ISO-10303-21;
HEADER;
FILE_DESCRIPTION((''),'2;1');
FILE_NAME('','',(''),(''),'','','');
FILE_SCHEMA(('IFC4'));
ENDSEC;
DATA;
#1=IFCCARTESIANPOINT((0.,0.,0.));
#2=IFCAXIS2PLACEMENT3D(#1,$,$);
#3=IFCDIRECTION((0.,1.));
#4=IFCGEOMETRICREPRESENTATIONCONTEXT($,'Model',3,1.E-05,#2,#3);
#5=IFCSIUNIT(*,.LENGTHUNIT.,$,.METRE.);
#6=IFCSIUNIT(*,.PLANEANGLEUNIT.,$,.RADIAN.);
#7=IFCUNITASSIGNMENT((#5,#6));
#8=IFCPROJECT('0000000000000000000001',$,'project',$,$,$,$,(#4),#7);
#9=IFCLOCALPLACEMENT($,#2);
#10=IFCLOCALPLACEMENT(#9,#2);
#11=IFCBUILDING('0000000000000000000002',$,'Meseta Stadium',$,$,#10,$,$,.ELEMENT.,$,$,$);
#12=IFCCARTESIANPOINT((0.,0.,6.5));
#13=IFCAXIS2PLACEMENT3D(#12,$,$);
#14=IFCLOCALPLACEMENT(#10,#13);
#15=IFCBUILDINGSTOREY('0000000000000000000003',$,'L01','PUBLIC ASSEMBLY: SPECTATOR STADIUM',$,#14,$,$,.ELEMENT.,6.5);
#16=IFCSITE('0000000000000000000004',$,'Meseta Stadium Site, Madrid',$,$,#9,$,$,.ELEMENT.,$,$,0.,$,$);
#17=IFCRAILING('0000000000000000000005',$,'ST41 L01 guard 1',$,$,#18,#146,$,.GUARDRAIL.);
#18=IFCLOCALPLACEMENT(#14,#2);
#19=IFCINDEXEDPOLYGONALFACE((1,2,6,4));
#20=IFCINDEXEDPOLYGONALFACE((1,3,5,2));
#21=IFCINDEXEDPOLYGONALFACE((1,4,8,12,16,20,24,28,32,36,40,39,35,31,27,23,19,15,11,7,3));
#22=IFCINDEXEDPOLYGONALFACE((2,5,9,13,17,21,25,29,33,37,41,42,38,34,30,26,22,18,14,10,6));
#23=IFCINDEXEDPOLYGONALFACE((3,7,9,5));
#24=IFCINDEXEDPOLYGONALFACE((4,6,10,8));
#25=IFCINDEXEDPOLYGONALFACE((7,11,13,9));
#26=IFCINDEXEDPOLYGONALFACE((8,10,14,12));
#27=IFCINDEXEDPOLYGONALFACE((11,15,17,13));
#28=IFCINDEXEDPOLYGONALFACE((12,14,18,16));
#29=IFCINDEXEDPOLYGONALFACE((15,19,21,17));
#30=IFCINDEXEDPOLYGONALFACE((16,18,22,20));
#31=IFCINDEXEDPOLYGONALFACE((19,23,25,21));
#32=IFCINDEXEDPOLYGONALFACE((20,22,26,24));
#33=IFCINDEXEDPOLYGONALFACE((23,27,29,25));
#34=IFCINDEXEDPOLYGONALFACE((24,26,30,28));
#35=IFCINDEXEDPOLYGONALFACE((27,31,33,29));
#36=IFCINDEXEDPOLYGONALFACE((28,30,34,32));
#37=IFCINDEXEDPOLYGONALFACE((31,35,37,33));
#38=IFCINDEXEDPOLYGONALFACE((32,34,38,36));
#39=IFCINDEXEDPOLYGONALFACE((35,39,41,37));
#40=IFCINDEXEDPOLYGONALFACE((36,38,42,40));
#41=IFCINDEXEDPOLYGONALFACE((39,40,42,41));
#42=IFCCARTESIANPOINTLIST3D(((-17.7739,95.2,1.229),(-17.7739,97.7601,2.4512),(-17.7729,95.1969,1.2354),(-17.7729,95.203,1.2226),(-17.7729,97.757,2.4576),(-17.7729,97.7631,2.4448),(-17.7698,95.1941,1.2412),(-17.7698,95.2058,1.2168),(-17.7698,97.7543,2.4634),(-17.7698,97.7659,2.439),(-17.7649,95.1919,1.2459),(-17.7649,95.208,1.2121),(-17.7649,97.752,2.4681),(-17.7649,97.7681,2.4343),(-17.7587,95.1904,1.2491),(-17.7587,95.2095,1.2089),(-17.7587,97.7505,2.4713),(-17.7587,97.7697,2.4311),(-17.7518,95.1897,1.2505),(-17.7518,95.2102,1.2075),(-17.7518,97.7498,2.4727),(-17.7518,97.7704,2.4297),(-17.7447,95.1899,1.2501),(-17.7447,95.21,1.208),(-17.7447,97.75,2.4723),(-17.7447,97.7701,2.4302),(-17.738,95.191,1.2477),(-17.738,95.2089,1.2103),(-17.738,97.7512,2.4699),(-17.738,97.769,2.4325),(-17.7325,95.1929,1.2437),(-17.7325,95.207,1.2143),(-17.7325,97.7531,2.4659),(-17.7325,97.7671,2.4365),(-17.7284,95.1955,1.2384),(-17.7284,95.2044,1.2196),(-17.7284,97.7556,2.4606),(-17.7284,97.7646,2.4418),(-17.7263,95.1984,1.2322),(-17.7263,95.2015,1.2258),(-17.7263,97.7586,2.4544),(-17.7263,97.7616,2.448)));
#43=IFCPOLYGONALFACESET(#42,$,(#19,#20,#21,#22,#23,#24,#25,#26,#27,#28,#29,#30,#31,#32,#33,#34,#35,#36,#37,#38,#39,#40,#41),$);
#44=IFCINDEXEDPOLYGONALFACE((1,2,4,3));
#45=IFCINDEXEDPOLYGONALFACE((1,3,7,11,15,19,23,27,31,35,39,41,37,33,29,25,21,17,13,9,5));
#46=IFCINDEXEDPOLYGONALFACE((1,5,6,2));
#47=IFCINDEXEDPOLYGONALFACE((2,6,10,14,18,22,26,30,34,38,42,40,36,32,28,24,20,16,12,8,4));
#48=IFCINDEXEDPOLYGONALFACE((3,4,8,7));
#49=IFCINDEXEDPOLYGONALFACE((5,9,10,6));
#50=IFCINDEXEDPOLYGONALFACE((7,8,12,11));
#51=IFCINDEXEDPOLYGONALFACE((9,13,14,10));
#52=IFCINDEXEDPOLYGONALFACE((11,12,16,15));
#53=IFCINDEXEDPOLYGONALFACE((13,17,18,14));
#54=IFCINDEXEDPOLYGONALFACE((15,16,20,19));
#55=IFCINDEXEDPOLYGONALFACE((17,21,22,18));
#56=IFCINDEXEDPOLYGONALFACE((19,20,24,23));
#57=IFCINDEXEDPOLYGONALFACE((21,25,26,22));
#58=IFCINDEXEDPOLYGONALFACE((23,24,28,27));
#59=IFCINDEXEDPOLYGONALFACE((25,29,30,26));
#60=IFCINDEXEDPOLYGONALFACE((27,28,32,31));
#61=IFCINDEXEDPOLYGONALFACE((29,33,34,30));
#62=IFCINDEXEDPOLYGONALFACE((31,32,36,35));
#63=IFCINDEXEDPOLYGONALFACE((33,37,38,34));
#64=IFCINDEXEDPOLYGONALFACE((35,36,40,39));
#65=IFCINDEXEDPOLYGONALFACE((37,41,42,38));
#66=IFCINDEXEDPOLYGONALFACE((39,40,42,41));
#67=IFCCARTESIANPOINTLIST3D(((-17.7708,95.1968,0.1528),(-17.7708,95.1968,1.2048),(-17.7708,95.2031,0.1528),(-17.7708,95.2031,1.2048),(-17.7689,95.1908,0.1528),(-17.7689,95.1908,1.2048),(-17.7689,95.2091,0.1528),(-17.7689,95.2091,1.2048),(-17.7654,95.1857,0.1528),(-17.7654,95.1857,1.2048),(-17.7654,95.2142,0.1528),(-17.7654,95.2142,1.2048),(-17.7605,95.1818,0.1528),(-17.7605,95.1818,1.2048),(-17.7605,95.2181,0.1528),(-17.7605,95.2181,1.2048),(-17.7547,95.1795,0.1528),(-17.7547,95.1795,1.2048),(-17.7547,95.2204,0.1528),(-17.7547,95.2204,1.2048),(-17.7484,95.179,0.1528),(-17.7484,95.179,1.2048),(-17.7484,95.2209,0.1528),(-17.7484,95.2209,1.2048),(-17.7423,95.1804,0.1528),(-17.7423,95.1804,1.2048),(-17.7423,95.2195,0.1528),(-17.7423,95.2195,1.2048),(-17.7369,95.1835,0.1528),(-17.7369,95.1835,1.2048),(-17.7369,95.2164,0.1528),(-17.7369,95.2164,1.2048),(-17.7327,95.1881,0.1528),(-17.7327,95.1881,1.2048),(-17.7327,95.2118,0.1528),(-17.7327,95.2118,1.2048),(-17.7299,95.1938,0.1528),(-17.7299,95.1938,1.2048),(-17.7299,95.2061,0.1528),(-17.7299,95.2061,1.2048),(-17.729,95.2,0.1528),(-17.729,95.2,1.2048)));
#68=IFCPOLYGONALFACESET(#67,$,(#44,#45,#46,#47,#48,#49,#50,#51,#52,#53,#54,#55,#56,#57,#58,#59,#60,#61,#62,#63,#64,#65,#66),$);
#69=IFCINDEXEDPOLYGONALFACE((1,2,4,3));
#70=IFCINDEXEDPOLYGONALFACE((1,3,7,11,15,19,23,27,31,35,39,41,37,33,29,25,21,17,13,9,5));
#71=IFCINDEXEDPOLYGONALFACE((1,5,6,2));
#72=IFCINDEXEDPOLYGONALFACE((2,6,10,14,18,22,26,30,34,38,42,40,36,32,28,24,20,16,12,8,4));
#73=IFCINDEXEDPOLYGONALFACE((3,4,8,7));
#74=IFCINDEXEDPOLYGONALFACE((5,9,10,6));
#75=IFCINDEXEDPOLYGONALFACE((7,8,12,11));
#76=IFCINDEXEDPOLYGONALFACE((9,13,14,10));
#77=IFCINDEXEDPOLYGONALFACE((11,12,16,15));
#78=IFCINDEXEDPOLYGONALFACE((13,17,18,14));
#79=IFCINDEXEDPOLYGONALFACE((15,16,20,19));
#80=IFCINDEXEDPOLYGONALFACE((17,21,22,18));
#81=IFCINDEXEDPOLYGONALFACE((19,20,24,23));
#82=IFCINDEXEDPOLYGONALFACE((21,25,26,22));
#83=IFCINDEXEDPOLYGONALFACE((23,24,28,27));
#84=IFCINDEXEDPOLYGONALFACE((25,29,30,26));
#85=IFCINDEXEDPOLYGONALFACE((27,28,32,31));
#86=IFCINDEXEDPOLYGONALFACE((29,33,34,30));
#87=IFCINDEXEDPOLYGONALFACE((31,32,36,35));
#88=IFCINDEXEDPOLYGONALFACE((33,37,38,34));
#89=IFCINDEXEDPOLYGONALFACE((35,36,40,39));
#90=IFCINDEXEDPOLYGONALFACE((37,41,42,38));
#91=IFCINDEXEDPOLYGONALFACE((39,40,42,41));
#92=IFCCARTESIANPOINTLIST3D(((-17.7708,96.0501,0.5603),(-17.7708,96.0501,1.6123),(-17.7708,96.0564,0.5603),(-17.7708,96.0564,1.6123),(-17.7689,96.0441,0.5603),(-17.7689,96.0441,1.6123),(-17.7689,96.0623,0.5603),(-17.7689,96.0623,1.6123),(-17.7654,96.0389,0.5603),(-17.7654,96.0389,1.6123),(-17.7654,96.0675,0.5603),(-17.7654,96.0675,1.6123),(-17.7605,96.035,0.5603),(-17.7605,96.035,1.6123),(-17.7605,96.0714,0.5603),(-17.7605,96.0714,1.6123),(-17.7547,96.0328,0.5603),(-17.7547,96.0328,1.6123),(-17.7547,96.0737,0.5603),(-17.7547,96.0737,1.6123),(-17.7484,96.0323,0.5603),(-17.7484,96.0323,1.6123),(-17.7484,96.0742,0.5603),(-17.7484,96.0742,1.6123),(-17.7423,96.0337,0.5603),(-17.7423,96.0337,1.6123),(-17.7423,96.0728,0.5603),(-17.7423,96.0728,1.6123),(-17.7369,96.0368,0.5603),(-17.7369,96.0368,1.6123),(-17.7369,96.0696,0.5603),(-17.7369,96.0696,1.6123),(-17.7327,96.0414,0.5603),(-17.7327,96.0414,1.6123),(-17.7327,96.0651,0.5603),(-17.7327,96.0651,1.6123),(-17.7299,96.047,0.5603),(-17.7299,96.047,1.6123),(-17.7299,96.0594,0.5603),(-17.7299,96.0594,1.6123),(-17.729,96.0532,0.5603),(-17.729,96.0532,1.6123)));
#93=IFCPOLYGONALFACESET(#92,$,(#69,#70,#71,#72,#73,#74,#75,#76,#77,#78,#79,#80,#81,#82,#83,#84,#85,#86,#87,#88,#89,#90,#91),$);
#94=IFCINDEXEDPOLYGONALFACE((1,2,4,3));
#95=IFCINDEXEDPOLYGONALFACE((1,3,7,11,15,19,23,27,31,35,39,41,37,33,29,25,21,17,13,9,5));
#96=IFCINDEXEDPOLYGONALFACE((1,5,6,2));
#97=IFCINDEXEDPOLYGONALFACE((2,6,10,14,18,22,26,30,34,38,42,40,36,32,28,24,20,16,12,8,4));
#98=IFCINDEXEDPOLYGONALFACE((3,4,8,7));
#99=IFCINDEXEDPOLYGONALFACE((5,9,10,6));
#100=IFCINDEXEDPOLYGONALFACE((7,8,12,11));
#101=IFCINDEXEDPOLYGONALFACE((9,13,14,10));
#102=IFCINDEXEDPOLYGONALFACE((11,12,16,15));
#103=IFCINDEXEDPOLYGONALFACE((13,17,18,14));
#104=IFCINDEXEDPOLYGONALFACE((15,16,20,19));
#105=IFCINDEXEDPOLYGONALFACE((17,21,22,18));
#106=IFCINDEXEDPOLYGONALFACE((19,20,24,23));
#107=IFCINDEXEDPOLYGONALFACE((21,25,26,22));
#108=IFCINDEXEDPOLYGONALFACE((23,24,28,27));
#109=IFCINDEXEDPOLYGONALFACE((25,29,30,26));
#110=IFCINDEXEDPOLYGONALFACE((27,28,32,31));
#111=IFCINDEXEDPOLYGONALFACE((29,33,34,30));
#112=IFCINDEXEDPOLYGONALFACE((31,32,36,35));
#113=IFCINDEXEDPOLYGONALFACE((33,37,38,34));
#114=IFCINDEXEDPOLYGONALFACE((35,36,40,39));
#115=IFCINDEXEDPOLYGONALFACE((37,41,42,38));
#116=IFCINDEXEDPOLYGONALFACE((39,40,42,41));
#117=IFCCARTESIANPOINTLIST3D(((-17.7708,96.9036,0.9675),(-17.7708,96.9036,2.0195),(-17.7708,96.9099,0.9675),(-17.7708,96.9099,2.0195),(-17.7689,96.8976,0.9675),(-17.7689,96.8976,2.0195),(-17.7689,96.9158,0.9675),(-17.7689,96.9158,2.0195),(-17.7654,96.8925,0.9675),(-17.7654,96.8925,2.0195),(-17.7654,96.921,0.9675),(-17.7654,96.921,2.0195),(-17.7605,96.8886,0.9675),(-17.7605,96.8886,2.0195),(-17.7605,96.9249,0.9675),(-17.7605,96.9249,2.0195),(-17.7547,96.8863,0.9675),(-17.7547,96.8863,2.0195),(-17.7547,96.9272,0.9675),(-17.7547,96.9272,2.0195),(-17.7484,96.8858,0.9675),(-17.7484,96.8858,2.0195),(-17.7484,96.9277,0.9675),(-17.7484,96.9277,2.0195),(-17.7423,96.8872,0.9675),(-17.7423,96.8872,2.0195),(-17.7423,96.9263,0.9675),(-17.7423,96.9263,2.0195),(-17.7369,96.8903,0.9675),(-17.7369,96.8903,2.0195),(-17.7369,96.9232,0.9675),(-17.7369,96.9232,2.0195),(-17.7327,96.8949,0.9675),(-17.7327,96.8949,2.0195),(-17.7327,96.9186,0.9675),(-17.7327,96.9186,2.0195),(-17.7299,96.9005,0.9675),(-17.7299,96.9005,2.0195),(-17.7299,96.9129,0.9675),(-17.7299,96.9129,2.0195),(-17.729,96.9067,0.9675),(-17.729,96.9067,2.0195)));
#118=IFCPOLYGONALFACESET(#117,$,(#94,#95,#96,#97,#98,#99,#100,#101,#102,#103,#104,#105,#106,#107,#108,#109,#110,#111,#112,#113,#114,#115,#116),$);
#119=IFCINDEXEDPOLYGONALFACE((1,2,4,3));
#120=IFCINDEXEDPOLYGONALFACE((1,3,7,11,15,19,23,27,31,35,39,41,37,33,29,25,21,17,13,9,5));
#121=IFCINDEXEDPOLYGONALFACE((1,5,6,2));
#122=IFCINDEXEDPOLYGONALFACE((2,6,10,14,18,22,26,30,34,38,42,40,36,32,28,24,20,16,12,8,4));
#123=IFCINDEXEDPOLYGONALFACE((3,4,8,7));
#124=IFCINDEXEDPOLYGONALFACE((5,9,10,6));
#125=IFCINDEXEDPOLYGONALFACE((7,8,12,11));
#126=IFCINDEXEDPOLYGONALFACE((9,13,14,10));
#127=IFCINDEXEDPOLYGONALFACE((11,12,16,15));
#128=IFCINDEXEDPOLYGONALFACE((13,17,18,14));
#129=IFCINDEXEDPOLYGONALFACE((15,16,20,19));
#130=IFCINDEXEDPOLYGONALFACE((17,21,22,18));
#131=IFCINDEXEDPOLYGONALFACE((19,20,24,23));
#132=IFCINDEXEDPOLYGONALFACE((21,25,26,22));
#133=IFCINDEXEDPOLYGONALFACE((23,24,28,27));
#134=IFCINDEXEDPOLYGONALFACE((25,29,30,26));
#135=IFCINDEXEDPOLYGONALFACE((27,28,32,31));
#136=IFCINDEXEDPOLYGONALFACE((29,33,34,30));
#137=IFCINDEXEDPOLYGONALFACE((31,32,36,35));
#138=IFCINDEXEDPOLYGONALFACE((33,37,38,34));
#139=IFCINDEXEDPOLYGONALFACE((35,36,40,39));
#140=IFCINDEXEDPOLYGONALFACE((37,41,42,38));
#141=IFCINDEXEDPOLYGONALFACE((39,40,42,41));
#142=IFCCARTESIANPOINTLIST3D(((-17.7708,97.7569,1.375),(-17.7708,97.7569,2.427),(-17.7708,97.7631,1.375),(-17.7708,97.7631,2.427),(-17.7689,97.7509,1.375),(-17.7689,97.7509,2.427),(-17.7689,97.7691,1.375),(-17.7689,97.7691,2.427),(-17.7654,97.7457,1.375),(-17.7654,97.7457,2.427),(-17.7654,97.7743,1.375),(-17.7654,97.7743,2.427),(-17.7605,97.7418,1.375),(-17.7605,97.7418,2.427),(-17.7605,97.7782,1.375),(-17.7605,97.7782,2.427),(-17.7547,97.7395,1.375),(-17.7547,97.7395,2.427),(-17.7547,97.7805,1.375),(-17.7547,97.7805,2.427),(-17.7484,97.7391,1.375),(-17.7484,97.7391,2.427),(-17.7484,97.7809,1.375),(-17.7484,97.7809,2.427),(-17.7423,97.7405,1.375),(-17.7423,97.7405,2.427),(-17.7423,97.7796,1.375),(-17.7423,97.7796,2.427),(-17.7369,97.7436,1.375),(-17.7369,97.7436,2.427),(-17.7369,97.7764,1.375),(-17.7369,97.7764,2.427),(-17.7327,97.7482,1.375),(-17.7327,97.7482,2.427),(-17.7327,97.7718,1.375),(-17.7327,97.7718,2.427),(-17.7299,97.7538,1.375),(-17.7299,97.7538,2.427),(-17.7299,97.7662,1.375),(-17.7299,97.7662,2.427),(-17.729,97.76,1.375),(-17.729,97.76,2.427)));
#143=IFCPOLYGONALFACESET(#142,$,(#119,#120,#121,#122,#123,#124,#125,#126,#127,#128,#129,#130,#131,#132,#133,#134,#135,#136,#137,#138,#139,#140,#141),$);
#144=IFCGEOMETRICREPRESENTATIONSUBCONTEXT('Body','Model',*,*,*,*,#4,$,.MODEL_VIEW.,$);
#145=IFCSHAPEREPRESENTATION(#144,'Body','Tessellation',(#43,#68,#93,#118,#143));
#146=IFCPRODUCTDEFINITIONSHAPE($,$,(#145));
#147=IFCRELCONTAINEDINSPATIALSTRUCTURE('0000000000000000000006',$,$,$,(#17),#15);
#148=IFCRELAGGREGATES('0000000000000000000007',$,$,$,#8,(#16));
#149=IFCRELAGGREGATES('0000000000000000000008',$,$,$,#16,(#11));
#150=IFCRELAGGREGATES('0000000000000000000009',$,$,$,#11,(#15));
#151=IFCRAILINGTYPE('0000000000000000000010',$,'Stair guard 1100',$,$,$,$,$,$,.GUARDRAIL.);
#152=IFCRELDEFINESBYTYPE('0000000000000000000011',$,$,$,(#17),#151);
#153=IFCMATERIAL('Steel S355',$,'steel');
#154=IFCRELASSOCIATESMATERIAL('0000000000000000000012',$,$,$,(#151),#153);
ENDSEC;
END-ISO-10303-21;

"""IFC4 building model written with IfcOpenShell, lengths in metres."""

from ifc_helpers import new_model, si_unit, direction, frame, origin, origin_2d, place, context, subcontext, project, spatial, circle, extrude, material, type_object, element, save


model = new_model("IFC4")

# Units and contexts
model_context = context("Model", 3, precision=1e-05, world=origin(), true_north=direction((0.0, 1.0)))
body_context = subcontext(model_context, "Body", "Model", "MODEL_VIEW")
ifc_project = project(units=[si_unit("LENGTHUNIT", "METRE"), si_unit("PLANEANGLEUNIT", "RADIAN")], contexts=[model_context])

# Site, building, storey
site_placement = place(None, origin())
site = spatial("IfcSite", under=ifc_project, at=site_placement, Name="Meseta Stadium Site, Madrid", CompositionType="ELEMENT", RefElevation=0.0)
building_placement = place(site_placement, origin())
building = spatial("IfcBuilding", under=site, at=building_placement, Name="Meseta Stadium", CompositionType="ELEMENT")
storey_placement = place(building_placement, frame((0.0, 0.0, 6.5)))
storey = spatial("IfcBuildingStorey", under=building, at=storey_placement, Name="L01", Description="PUBLIC ASSEMBLY: SPECTATOR STADIUM", CompositionType="ELEMENT", Elevation=6.5)

# Railing
ifc_material_1 = material(Name="Steel S355", Category="steel")
railing_type_1 = type_object("IfcRailingType", Name="Stair guard 1100", PredefinedType="GUARDRAIL", material=ifc_material_1)
railing_1_placement = place(storey_placement, frame((-17.75, 95.2, 0.1528)))
element("IfcRailing", 1, at=railing_1_placement, inside=storey, type_object=railing_type_1, Name="ST41 L01 guard 1", PredefinedType="GUARDRAIL", context=body_context, shape_type="SweptSolid", body=[
    extrude(circle(Radius=0.0239, at=origin_2d()), frame((0.0, 0.0, 1.0762), z_axis=(0.0, 0.902437, 0.430822), x_axis=(-1.0, 0.0, 0.0)), (0.0, 0.0, 1.0), 2.8369),
    extrude(circle(Radius=0.021, at=origin_2d()), origin(), (0.0, 0.0, 1.0), 1.052),
    extrude(circle(Radius=0.021, at=origin_2d()), frame((0.0, 0.8533, 0.4075)), (0.0, 0.0, 1.0), 1.052),
    extrude(circle(Radius=0.021, at=origin_2d()), frame((0.0, 1.7068, 0.8147)), (0.0, 0.0, 1.0), 1.052),
    extrude(circle(Radius=0.021, at=origin_2d()), frame((0.0, 2.5601, 1.2222)), (0.0, 0.0, 1.0), 1.052),
])

save(model, "model.ifc")
